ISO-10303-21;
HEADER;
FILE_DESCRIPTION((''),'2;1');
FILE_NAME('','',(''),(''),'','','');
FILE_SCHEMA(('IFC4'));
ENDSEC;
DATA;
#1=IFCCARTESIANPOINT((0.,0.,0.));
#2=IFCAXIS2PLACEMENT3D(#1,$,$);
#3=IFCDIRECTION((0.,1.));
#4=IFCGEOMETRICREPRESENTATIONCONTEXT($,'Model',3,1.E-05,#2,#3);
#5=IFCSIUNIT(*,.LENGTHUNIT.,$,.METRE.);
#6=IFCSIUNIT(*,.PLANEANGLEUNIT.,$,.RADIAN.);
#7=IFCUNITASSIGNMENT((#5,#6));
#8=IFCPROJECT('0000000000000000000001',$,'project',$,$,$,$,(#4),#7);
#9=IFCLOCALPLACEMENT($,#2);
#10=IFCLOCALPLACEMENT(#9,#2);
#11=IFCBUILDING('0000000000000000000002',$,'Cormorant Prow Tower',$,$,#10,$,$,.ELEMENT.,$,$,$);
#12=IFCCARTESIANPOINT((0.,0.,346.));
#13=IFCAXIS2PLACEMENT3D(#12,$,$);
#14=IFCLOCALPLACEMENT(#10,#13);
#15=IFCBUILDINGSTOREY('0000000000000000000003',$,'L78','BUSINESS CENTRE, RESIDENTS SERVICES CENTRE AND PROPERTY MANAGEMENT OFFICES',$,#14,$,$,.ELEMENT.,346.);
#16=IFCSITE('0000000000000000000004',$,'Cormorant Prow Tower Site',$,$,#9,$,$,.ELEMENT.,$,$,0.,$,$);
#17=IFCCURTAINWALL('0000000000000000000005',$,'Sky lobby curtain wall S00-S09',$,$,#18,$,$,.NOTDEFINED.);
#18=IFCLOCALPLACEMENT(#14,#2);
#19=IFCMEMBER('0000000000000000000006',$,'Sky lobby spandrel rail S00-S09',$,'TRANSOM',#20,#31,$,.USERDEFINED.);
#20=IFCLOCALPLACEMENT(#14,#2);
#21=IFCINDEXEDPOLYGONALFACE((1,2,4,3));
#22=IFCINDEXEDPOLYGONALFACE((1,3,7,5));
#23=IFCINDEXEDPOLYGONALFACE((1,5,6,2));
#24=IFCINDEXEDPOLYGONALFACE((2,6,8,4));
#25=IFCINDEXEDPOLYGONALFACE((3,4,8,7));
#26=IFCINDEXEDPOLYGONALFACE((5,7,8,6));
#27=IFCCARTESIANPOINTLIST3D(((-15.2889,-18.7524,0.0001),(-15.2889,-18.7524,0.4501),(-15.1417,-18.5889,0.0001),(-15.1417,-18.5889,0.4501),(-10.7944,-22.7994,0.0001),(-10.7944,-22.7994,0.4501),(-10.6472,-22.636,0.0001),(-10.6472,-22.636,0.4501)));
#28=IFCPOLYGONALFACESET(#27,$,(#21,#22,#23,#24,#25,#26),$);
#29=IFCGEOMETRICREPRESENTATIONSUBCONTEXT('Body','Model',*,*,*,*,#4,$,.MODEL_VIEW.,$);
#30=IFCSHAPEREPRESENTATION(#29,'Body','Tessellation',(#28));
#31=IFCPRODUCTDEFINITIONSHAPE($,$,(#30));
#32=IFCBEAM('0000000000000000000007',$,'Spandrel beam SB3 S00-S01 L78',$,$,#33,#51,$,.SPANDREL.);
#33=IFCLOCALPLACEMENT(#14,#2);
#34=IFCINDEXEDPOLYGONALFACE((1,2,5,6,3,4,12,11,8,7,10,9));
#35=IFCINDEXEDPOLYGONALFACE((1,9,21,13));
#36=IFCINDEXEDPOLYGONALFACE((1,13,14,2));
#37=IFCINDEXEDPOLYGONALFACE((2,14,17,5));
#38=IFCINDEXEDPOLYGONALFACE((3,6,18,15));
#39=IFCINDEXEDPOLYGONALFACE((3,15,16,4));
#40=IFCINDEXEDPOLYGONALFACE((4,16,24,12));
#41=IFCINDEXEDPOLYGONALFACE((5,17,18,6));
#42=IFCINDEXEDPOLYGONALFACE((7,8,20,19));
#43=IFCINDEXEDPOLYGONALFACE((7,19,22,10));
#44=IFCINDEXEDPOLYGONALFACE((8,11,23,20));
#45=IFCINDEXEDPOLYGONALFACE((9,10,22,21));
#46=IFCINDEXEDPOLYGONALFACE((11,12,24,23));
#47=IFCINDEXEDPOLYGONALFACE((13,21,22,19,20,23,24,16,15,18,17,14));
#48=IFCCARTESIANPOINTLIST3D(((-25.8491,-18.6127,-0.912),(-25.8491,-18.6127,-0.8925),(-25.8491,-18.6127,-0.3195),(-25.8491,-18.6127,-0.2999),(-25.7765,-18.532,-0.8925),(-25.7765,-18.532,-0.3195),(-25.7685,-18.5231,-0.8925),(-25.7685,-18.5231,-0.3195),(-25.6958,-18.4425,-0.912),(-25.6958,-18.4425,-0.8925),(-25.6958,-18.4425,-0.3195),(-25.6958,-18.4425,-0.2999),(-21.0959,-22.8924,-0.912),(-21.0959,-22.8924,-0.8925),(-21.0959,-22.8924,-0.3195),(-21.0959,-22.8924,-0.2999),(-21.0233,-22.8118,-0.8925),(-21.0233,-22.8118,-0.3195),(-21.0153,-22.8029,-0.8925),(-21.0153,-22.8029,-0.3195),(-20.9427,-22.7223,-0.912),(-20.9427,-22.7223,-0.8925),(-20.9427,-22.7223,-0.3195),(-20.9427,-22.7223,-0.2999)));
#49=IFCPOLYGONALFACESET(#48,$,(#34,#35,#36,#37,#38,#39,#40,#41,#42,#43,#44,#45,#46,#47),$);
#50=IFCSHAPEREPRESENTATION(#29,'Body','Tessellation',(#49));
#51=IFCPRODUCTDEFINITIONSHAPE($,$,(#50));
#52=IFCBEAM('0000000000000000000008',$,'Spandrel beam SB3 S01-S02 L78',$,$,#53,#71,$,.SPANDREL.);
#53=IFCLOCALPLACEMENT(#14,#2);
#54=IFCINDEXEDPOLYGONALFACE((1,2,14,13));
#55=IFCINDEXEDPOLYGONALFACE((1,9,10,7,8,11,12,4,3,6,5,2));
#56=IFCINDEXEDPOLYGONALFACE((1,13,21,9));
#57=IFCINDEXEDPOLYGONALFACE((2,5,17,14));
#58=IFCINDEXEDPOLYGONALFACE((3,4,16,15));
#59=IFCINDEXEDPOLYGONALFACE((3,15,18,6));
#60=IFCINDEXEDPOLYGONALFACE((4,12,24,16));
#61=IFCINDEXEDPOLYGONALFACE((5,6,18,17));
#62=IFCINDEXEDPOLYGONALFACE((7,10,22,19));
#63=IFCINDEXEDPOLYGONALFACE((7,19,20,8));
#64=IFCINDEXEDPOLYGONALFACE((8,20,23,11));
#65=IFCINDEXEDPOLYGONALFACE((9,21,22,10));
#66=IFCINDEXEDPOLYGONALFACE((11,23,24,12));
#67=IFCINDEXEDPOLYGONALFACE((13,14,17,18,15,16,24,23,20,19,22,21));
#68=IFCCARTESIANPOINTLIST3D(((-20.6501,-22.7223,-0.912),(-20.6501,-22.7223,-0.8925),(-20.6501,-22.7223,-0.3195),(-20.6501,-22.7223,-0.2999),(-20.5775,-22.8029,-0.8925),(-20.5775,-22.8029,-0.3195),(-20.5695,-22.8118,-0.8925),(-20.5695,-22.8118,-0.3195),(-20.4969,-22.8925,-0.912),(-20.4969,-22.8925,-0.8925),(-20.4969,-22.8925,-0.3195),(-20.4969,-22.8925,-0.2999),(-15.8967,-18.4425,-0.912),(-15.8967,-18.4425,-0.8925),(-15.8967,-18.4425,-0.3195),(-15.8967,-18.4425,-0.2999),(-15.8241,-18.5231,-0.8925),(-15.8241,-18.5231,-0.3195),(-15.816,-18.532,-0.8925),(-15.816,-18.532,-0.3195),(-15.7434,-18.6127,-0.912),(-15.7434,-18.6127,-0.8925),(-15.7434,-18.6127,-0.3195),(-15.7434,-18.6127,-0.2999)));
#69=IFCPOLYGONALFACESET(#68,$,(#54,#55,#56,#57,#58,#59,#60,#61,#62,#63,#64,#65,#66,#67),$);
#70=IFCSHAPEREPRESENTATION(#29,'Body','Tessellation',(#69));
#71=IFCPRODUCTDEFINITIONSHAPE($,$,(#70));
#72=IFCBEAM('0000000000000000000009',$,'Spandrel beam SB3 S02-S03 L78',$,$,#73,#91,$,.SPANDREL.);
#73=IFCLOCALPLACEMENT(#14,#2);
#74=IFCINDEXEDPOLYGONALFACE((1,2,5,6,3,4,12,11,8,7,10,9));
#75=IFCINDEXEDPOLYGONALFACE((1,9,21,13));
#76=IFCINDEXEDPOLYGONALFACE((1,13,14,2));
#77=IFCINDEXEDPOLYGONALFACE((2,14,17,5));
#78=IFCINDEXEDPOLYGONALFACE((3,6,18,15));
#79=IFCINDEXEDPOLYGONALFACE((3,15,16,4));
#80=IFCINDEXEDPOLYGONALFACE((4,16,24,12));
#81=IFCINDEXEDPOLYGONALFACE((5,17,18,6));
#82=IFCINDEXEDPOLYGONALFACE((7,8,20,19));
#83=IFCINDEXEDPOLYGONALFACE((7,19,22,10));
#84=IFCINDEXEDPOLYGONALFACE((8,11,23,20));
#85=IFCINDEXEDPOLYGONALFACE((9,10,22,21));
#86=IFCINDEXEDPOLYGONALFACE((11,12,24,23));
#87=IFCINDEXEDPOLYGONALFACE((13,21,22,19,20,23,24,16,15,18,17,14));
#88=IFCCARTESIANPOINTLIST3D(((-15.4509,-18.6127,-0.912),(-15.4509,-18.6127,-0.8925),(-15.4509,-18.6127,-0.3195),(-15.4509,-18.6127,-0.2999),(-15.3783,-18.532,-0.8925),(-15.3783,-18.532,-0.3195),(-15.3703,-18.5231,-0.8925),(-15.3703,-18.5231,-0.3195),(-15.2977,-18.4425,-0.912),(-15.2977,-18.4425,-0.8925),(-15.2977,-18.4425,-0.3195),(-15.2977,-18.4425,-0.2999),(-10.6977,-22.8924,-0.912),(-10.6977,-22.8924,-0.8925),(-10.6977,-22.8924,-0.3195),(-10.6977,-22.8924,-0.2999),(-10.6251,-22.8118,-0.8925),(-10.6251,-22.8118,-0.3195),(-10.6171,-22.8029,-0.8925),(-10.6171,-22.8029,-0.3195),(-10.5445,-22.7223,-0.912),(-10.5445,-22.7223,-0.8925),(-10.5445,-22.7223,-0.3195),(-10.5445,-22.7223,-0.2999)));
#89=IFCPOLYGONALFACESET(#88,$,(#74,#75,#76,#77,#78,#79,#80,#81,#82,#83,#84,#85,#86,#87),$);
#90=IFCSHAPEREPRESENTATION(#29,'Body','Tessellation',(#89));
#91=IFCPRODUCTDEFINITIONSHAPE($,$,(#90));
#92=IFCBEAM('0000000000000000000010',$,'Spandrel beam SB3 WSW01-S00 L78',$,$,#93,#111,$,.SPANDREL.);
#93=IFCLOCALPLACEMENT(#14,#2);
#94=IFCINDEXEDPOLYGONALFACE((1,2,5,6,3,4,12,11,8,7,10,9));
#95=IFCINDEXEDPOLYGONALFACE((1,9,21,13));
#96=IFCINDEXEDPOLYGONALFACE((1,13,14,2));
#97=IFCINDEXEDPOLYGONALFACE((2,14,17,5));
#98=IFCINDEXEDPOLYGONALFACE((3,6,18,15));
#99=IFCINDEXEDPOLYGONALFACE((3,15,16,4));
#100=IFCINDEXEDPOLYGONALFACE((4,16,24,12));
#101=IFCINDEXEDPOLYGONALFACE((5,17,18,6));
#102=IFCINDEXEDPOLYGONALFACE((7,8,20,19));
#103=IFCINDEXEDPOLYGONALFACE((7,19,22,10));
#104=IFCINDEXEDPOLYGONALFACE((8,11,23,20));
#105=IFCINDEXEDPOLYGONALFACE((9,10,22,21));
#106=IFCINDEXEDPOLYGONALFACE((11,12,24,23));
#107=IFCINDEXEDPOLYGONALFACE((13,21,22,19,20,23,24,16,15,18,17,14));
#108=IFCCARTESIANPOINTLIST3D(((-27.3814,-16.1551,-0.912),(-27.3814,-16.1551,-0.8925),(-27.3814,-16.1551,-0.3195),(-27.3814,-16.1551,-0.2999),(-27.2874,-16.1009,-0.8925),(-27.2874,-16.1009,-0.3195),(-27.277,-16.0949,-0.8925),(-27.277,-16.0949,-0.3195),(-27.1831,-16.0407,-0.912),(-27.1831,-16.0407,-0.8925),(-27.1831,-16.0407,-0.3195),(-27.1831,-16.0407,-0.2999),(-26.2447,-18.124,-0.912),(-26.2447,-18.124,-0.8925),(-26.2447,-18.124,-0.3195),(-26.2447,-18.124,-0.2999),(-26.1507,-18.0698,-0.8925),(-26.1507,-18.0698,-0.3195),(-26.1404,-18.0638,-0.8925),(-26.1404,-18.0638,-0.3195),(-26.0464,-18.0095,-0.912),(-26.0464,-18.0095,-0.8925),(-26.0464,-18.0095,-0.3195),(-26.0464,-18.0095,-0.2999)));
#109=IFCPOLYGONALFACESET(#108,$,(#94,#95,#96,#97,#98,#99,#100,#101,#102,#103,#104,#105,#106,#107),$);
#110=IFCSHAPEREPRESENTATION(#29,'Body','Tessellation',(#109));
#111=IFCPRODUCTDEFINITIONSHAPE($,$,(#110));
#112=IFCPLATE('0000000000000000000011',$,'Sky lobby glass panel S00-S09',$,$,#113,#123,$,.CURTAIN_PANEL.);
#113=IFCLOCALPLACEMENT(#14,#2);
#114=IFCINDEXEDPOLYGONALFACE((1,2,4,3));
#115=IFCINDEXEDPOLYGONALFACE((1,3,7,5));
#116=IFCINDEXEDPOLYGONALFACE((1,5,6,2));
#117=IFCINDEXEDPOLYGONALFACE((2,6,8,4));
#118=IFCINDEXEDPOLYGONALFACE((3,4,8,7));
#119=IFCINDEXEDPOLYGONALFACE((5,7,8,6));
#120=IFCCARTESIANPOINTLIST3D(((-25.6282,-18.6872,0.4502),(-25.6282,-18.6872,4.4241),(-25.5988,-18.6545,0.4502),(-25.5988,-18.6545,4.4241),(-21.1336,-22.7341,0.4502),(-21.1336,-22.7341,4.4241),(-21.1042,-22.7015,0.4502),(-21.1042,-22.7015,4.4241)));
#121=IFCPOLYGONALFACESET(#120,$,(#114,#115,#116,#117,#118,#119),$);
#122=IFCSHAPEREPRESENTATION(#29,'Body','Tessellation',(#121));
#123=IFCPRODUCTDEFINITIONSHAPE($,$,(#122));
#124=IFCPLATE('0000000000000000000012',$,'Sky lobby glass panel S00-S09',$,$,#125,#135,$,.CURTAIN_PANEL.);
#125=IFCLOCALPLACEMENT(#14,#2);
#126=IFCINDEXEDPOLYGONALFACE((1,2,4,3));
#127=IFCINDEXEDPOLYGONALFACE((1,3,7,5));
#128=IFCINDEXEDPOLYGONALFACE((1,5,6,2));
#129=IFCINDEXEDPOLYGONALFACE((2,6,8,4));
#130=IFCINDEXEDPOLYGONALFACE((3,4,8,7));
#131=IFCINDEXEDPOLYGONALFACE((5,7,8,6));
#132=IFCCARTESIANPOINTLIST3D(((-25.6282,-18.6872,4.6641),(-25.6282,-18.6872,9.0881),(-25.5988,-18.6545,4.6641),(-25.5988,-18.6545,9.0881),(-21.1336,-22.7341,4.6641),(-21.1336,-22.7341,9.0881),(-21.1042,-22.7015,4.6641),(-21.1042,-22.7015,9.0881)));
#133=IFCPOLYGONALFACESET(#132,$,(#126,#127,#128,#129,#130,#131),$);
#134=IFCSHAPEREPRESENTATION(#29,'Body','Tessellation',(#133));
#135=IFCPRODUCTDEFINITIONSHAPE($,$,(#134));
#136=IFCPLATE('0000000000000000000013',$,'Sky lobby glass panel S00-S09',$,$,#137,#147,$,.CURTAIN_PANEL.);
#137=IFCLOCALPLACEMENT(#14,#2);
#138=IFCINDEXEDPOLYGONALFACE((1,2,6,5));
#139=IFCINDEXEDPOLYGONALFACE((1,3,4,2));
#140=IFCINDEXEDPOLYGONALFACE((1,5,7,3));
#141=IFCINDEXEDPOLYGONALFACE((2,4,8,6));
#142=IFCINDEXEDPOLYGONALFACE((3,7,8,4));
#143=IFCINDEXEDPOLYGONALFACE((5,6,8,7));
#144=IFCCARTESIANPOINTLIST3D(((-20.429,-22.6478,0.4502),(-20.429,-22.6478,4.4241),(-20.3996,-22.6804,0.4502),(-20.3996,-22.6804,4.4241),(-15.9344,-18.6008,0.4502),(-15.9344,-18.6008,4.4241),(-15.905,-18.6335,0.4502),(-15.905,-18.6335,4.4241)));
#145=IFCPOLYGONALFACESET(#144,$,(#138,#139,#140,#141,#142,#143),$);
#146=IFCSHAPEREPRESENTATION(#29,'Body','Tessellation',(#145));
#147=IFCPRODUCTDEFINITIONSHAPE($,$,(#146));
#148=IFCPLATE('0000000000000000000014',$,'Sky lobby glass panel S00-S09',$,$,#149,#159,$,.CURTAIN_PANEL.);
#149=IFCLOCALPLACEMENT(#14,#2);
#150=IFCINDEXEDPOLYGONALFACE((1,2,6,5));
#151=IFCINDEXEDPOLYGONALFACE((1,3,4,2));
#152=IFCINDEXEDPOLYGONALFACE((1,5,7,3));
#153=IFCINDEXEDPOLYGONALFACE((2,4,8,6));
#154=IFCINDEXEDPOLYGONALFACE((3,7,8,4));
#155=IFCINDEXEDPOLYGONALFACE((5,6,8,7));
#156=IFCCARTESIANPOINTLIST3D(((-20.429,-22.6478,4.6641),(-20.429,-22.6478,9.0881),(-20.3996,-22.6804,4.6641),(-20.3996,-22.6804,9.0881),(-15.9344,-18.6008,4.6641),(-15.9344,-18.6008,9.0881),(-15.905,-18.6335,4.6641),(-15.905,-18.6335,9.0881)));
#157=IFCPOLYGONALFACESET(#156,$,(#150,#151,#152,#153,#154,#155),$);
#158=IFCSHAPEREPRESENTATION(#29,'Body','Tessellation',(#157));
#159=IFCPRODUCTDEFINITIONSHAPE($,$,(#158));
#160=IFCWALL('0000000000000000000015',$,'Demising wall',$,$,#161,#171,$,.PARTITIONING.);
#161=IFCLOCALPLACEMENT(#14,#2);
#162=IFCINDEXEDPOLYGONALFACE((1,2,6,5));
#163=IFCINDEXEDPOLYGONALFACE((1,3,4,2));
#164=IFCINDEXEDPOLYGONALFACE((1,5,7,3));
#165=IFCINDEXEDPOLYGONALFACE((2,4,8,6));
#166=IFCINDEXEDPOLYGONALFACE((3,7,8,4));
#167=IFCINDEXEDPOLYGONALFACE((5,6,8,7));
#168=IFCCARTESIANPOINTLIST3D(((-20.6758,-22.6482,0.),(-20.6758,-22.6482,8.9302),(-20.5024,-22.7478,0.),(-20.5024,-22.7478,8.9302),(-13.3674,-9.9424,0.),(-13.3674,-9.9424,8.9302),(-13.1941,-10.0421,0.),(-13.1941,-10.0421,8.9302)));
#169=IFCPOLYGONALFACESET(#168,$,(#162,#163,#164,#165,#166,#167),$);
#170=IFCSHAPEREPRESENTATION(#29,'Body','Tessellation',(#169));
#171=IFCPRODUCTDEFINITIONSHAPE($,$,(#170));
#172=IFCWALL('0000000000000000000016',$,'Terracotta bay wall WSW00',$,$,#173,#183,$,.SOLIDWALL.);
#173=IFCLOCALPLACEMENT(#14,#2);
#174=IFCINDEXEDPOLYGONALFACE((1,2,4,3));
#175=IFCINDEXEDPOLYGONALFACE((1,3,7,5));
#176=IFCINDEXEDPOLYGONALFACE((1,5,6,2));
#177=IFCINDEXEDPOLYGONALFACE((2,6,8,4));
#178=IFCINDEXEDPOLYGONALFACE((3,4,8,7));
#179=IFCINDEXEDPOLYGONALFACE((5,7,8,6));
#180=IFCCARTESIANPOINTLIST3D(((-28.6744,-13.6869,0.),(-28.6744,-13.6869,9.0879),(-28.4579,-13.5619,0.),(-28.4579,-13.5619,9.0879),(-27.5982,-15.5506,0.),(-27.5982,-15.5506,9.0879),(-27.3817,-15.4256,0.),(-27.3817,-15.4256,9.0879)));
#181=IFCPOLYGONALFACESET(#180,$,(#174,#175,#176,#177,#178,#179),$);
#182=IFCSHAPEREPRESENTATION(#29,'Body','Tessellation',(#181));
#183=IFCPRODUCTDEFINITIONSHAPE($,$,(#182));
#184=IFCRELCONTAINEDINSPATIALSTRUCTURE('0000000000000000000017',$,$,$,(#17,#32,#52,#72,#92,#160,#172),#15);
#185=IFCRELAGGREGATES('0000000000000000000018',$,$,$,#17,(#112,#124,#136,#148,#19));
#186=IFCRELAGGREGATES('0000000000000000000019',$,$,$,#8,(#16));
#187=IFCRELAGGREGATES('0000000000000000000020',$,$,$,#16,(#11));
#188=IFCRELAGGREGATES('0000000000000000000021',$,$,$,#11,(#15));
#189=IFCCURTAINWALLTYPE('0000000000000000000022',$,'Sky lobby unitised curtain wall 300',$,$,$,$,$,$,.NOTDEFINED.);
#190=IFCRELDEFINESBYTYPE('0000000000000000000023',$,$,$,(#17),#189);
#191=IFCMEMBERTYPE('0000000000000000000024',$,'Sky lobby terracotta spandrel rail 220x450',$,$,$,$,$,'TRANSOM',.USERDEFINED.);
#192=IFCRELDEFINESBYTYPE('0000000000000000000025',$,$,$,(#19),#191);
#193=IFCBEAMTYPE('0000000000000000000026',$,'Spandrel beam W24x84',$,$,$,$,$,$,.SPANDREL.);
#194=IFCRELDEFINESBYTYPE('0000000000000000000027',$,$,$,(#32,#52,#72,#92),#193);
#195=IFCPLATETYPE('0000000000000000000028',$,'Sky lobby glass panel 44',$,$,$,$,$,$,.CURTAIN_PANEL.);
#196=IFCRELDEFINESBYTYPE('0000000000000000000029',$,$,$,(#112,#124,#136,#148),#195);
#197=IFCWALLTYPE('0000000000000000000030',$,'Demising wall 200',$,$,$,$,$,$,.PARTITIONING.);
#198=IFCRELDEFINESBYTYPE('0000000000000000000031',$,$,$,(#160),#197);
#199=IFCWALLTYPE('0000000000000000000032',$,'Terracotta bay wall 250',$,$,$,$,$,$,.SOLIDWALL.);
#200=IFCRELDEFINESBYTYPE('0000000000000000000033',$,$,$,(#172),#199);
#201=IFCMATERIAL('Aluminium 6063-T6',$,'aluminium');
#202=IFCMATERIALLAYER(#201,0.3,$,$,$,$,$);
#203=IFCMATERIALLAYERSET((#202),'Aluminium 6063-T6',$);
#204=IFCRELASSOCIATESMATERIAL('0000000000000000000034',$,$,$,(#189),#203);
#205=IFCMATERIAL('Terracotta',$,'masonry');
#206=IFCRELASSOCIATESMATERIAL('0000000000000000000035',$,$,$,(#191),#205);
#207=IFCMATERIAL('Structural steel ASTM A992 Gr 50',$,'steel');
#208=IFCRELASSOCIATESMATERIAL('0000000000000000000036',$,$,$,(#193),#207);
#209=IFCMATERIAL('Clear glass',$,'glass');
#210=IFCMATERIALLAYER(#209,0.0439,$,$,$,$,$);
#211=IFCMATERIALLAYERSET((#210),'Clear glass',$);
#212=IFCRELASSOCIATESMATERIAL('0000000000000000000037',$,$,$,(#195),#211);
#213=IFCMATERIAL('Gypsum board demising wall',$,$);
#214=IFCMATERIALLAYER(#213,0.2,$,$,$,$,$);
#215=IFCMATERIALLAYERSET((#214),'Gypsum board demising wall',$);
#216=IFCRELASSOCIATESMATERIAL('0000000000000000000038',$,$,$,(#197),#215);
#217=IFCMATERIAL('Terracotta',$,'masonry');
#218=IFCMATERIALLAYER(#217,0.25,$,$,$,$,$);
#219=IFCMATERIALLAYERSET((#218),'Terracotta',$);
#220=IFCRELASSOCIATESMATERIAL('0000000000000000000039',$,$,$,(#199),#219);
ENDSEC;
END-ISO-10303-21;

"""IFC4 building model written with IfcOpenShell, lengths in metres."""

from ifc_helpers import new_model, si_unit, direction, frame, frame_2d, origin, origin_2d, place, context, subcontext, project, spatial, rectangle, i_section, extrude, material, layer, layer_set, material_profile, profile_set, type_object, element, aggregate, save


model = new_model("IFC4")

# Units and contexts
model_context = context("Model", 3, precision=1e-05, world=origin(), true_north=direction((0.0, 1.0)))
body_context = subcontext(model_context, "Body", "Model", "MODEL_VIEW")
ifc_project = project(units=[si_unit("LENGTHUNIT", "METRE"), si_unit("PLANEANGLEUNIT", "RADIAN")], contexts=[model_context])

# Site, building, storey
site_placement = place(None, origin())
site = spatial("IfcSite", under=ifc_project, at=site_placement, Name="Cormorant Prow Tower Site", CompositionType="ELEMENT", RefElevation=0.0)
building_placement = place(site_placement, origin())
building = spatial("IfcBuilding", under=site, at=building_placement, Name="Cormorant Prow Tower", CompositionType="ELEMENT")
storey_placement = place(building_placement, frame((0.0, 0.0, 346.0)))
storey = spatial("IfcBuildingStorey", under=building, at=storey_placement, Name="L78", Description="BUSINESS CENTRE, RESIDENTS SERVICES CENTRE AND PROPERTY MANAGEMENT OFFICES", CompositionType="ELEMENT", Elevation=346.0)

# Curtain wall, member
ifc_material_1 = material(Name="Aluminium 6063-T6", Category="aluminium")
ifc_layer_1 = layer(ifc_material_1, 0.3)
ifc_layer_set_1 = layer_set([ifc_layer_1], Name="Aluminium 6063-T6")
curtain_wall_type = type_object("IfcCurtainWallType", Name="Sky lobby unitised curtain wall 300", PredefinedType="NOTDEFINED", material=ifc_layer_set_1)
curtain_wall_placement = place(storey_placement, origin())
curtain_wall = element("IfcCurtainWall", 1, at=curtain_wall_placement, inside=storey, type_object=curtain_wall_type, Name="Sky lobby curtain wall S00-S09", PredefinedType="NOTDEFINED")
ifc_material_2 = material(Name="Terracotta", Category="masonry")
ifc_material_profile_1 = material_profile(ifc_material_2, rectangle(XDim=0.22, YDim=0.45, at=origin_2d()), Name="Sky lobby terracotta spandrel rail 220x450")
ifc_profile_set_1 = profile_set([ifc_material_profile_1], Name="Terracotta")
member_type_1 = type_object("IfcMemberType", Name="Sky lobby terracotta spandrel rail 220x450", ElementType="TRANSOM", PredefinedType="USERDEFINED", material=ifc_profile_set_1)
member_1_placement = place(storey_placement, frame((-15.2153, -18.6707, 0.2251), z_axis=(0.743134, -0.669143, 0.0), x_axis=(0.669143, 0.743134, 0.0)))
member_1 = element("IfcMember", 2, at=member_1_placement, type_object=member_type_1, Name="Sky lobby spandrel rail S00-S09", ObjectType="TRANSOM", PredefinedType="USERDEFINED", context=body_context, shape_type="SweptSolid", body=[
    extrude(rectangle(XDim=0.22, YDim=0.45, at=origin_2d()), origin(), (0.0, 0.0, 1.0), 6.0481),
])

# Beams
ifc_material_3 = material(Name="Structural steel ASTM A992 Gr 50", Category="steel")
ifc_material_profile_2 = material_profile(ifc_material_3, i_section(OverallWidth=0.229, OverallDepth=0.6121, WebThickness=0.012, FlangeThickness=0.0195, at=origin_2d()), Name="W24x84")
ifc_profile_set_2 = profile_set([ifc_material_profile_2], Name="Structural steel ASTM A992 Gr 50")
beam_type = type_object("IfcBeamType", Name="Spandrel beam W24x84", PredefinedType="SPANDREL", material=ifc_profile_set_2)
beam_1_placement = place(storey_placement, frame((-25.7725, -18.5276, -0.606), z_axis=(0.743144, -0.669131, 0.0), x_axis=(0.669131, 0.743144, 0.0)))
element("IfcBeam", 3, at=beam_1_placement, inside=storey, type_object=beam_type, Name="Spandrel beam SB3 S00-S01 L78", PredefinedType="SPANDREL", context=body_context, shape_type="SweptSolid", body=[
    extrude(i_section(OverallWidth=0.229, OverallDepth=0.6121, WebThickness=0.012, FlangeThickness=0.0195, at=origin_2d()), origin(), (0.0, 0.0, 1.0), 6.396),
])
beam_2_placement = place(storey_placement, frame((-20.5735, -22.8074, -0.606), z_axis=(0.743161, 0.669112, 0.0), x_axis=(-0.669112, 0.743161, 0.0)))
element("IfcBeam", 4, at=beam_2_placement, inside=storey, type_object=beam_type, Name="Spandrel beam SB3 S01-S02 L78", PredefinedType="SPANDREL", context=body_context, shape_type="SweptSolid", body=[
    extrude(i_section(OverallWidth=0.229, OverallDepth=0.6121, WebThickness=0.012, FlangeThickness=0.0195, at=origin_2d()), origin(), (0.0, 0.0, 1.0), 6.3962),
])
beam_3_placement = place(storey_placement, frame((-15.3743, -18.5276, -0.606), z_axis=(0.743144, -0.669131, 0.0), x_axis=(0.669131, 0.743144, 0.0)))
element("IfcBeam", 5, at=beam_3_placement, inside=storey, type_object=beam_type, Name="Spandrel beam SB3 S02-S03 L78", PredefinedType="SPANDREL", context=body_context, shape_type="SweptSolid", body=[
    extrude(i_section(OverallWidth=0.229, OverallDepth=0.6121, WebThickness=0.012, FlangeThickness=0.0195, at=origin_2d()), origin(), (0.0, 0.0, 1.0), 6.396),
])
beam_4_placement = place(storey_placement, frame((-27.2822, -16.0979, -0.606), z_axis=(0.499973, -0.866041, 0.0), x_axis=(0.866041, 0.499973, 0.0)))
element("IfcBeam", 6, at=beam_4_placement, inside=storey, type_object=beam_type, Name="Spandrel beam SB3 WSW01-S00 L78", PredefinedType="SPANDREL", context=body_context, shape_type="SweptSolid", body=[
    extrude(i_section(OverallWidth=0.229, OverallDepth=0.6121, WebThickness=0.012, FlangeThickness=0.0195, at=origin_2d()), origin(), (0.0, 0.0, 1.0), 2.2734),
])

# Plates
ifc_material_4 = material(Name="Clear glass", Category="glass")
ifc_layer_2 = layer(ifc_material_4, 0.0439)
ifc_layer_set_2 = layer_set([ifc_layer_2], Name="Clear glass")
plate_type = type_object("IfcPlateType", Name="Sky lobby glass panel 44", PredefinedType="CURTAIN_PANEL", material=ifc_layer_set_2)
plate_1_placement = place(storey_placement, frame((-23.3662, -20.6943, 0.4502), z_axis=(0.0, 0.0, 1.0), x_axis=(0.743145, -0.669131, 0.0)))
plate_1 = element("IfcPlate", 7, at=plate_1_placement, type_object=plate_type, Name="Sky lobby glass panel S00-S09", PredefinedType="CURTAIN_PANEL", context=body_context, shape_type="SweptSolid", body=[
    extrude(rectangle(XDim=6.0481, YDim=0.0439, at=origin_2d()), origin(), (0.0, 0.0, 1.0), 3.9739),
])
plate_2_placement = place(storey_placement, frame((-23.3662, -20.6943, 4.6641), z_axis=(0.0, 0.0, 1.0), x_axis=(0.743145, -0.669131, 0.0)))
plate_2 = element("IfcPlate", 8, at=plate_2_placement, type_object=plate_type, Name="Sky lobby glass panel S00-S09", PredefinedType="CURTAIN_PANEL", context=body_context, shape_type="SweptSolid", body=[
    extrude(rectangle(XDim=6.0481, YDim=0.0439, at=origin_2d()), origin(), (0.0, 0.0, 1.0), 4.4241),
])
plate_3_placement = place(storey_placement, frame((-18.167, -20.6406, 0.4502), z_axis=(0.0, 0.0, 1.0), x_axis=(0.743145, 0.669131, 0.0)))
plate_3 = element("IfcPlate", 9, at=plate_3_placement, type_object=plate_type, Name="Sky lobby glass panel S00-S09", PredefinedType="CURTAIN_PANEL", context=body_context, shape_type="SweptSolid", body=[
    extrude(rectangle(XDim=6.0481, YDim=0.0439, at=origin_2d()), origin(), (0.0, 0.0, 1.0), 3.9739),
])
plate_4_placement = place(storey_placement, frame((-18.167, -20.6406, 4.6641), z_axis=(0.0, 0.0, 1.0), x_axis=(0.743145, 0.669131, 0.0)))
plate_4 = element("IfcPlate", 10, at=plate_4_placement, type_object=plate_type, Name="Sky lobby glass panel S00-S09", PredefinedType="CURTAIN_PANEL", context=body_context, shape_type="SweptSolid", body=[
    extrude(rectangle(XDim=6.0481, YDim=0.0439, at=origin_2d()), origin(), (0.0, 0.0, 1.0), 4.4241),
])
aggregate(curtain_wall, [plate_1, plate_2, plate_3, plate_4, member_1])

# Walls
ifc_material_5 = material(Name="Gypsum board demising wall")
ifc_layer_3 = layer(ifc_material_5, 0.2)
ifc_layer_set_3 = layer_set([ifc_layer_3], Name="Gypsum board demising wall")
wall_type_1 = type_object("IfcWallType", Name="Demising wall 200", PredefinedType="PARTITIONING", material=ifc_layer_set_3)
wall_placement = place(storey_placement, frame((-20.5891, -22.698, 0.0), z_axis=(0.0, 0.0, 1.0), x_axis=(0.4986, 0.866832, 0.0)))
element("IfcWall", 11, at=wall_placement, inside=storey, type_object=wall_type_1, Name="Demising wall", PredefinedType="PARTITIONING", context=body_context, shape_type="SweptSolid", body=[
    extrude(rectangle(XDim=14.6577, YDim=0.2, at=frame_2d((7.3289, 0.0))), origin(), (0.0, 0.0, 1.0), 8.9302),
])
ifc_material_6 = material(Name="Terracotta", Category="masonry")
ifc_layer_4 = layer(ifc_material_6, 0.25)
ifc_layer_set_4 = layer_set([ifc_layer_4], Name="Terracotta")
wall_type_2 = type_object("IfcWallType", Name="Terracotta bay wall 250", PredefinedType="SOLIDWALL", material=ifc_layer_set_4)
for number, where, z_axis, x_axis, name in (
    (12, (-28.5662, -13.6243, 0.0), (0.0, 0.0, 1.0), (0.500043, -0.866, 0.0), "Terracotta bay wall WSW00"),
):
    element("IfcWall", number, at=place(storey_placement, frame(where, z_axis=z_axis, x_axis=x_axis)), inside=storey, type_object=wall_type_2, Name=name, PredefinedType="SOLIDWALL", context=body_context, shape_type="SweptSolid", body=[
        extrude(rectangle(XDim=2.1521, YDim=0.25, at=frame_2d((1.0762, 0.0))), origin(), (0.0, 0.0, 1.0), 9.0879),
    ])

save(model, "model.ifc")
